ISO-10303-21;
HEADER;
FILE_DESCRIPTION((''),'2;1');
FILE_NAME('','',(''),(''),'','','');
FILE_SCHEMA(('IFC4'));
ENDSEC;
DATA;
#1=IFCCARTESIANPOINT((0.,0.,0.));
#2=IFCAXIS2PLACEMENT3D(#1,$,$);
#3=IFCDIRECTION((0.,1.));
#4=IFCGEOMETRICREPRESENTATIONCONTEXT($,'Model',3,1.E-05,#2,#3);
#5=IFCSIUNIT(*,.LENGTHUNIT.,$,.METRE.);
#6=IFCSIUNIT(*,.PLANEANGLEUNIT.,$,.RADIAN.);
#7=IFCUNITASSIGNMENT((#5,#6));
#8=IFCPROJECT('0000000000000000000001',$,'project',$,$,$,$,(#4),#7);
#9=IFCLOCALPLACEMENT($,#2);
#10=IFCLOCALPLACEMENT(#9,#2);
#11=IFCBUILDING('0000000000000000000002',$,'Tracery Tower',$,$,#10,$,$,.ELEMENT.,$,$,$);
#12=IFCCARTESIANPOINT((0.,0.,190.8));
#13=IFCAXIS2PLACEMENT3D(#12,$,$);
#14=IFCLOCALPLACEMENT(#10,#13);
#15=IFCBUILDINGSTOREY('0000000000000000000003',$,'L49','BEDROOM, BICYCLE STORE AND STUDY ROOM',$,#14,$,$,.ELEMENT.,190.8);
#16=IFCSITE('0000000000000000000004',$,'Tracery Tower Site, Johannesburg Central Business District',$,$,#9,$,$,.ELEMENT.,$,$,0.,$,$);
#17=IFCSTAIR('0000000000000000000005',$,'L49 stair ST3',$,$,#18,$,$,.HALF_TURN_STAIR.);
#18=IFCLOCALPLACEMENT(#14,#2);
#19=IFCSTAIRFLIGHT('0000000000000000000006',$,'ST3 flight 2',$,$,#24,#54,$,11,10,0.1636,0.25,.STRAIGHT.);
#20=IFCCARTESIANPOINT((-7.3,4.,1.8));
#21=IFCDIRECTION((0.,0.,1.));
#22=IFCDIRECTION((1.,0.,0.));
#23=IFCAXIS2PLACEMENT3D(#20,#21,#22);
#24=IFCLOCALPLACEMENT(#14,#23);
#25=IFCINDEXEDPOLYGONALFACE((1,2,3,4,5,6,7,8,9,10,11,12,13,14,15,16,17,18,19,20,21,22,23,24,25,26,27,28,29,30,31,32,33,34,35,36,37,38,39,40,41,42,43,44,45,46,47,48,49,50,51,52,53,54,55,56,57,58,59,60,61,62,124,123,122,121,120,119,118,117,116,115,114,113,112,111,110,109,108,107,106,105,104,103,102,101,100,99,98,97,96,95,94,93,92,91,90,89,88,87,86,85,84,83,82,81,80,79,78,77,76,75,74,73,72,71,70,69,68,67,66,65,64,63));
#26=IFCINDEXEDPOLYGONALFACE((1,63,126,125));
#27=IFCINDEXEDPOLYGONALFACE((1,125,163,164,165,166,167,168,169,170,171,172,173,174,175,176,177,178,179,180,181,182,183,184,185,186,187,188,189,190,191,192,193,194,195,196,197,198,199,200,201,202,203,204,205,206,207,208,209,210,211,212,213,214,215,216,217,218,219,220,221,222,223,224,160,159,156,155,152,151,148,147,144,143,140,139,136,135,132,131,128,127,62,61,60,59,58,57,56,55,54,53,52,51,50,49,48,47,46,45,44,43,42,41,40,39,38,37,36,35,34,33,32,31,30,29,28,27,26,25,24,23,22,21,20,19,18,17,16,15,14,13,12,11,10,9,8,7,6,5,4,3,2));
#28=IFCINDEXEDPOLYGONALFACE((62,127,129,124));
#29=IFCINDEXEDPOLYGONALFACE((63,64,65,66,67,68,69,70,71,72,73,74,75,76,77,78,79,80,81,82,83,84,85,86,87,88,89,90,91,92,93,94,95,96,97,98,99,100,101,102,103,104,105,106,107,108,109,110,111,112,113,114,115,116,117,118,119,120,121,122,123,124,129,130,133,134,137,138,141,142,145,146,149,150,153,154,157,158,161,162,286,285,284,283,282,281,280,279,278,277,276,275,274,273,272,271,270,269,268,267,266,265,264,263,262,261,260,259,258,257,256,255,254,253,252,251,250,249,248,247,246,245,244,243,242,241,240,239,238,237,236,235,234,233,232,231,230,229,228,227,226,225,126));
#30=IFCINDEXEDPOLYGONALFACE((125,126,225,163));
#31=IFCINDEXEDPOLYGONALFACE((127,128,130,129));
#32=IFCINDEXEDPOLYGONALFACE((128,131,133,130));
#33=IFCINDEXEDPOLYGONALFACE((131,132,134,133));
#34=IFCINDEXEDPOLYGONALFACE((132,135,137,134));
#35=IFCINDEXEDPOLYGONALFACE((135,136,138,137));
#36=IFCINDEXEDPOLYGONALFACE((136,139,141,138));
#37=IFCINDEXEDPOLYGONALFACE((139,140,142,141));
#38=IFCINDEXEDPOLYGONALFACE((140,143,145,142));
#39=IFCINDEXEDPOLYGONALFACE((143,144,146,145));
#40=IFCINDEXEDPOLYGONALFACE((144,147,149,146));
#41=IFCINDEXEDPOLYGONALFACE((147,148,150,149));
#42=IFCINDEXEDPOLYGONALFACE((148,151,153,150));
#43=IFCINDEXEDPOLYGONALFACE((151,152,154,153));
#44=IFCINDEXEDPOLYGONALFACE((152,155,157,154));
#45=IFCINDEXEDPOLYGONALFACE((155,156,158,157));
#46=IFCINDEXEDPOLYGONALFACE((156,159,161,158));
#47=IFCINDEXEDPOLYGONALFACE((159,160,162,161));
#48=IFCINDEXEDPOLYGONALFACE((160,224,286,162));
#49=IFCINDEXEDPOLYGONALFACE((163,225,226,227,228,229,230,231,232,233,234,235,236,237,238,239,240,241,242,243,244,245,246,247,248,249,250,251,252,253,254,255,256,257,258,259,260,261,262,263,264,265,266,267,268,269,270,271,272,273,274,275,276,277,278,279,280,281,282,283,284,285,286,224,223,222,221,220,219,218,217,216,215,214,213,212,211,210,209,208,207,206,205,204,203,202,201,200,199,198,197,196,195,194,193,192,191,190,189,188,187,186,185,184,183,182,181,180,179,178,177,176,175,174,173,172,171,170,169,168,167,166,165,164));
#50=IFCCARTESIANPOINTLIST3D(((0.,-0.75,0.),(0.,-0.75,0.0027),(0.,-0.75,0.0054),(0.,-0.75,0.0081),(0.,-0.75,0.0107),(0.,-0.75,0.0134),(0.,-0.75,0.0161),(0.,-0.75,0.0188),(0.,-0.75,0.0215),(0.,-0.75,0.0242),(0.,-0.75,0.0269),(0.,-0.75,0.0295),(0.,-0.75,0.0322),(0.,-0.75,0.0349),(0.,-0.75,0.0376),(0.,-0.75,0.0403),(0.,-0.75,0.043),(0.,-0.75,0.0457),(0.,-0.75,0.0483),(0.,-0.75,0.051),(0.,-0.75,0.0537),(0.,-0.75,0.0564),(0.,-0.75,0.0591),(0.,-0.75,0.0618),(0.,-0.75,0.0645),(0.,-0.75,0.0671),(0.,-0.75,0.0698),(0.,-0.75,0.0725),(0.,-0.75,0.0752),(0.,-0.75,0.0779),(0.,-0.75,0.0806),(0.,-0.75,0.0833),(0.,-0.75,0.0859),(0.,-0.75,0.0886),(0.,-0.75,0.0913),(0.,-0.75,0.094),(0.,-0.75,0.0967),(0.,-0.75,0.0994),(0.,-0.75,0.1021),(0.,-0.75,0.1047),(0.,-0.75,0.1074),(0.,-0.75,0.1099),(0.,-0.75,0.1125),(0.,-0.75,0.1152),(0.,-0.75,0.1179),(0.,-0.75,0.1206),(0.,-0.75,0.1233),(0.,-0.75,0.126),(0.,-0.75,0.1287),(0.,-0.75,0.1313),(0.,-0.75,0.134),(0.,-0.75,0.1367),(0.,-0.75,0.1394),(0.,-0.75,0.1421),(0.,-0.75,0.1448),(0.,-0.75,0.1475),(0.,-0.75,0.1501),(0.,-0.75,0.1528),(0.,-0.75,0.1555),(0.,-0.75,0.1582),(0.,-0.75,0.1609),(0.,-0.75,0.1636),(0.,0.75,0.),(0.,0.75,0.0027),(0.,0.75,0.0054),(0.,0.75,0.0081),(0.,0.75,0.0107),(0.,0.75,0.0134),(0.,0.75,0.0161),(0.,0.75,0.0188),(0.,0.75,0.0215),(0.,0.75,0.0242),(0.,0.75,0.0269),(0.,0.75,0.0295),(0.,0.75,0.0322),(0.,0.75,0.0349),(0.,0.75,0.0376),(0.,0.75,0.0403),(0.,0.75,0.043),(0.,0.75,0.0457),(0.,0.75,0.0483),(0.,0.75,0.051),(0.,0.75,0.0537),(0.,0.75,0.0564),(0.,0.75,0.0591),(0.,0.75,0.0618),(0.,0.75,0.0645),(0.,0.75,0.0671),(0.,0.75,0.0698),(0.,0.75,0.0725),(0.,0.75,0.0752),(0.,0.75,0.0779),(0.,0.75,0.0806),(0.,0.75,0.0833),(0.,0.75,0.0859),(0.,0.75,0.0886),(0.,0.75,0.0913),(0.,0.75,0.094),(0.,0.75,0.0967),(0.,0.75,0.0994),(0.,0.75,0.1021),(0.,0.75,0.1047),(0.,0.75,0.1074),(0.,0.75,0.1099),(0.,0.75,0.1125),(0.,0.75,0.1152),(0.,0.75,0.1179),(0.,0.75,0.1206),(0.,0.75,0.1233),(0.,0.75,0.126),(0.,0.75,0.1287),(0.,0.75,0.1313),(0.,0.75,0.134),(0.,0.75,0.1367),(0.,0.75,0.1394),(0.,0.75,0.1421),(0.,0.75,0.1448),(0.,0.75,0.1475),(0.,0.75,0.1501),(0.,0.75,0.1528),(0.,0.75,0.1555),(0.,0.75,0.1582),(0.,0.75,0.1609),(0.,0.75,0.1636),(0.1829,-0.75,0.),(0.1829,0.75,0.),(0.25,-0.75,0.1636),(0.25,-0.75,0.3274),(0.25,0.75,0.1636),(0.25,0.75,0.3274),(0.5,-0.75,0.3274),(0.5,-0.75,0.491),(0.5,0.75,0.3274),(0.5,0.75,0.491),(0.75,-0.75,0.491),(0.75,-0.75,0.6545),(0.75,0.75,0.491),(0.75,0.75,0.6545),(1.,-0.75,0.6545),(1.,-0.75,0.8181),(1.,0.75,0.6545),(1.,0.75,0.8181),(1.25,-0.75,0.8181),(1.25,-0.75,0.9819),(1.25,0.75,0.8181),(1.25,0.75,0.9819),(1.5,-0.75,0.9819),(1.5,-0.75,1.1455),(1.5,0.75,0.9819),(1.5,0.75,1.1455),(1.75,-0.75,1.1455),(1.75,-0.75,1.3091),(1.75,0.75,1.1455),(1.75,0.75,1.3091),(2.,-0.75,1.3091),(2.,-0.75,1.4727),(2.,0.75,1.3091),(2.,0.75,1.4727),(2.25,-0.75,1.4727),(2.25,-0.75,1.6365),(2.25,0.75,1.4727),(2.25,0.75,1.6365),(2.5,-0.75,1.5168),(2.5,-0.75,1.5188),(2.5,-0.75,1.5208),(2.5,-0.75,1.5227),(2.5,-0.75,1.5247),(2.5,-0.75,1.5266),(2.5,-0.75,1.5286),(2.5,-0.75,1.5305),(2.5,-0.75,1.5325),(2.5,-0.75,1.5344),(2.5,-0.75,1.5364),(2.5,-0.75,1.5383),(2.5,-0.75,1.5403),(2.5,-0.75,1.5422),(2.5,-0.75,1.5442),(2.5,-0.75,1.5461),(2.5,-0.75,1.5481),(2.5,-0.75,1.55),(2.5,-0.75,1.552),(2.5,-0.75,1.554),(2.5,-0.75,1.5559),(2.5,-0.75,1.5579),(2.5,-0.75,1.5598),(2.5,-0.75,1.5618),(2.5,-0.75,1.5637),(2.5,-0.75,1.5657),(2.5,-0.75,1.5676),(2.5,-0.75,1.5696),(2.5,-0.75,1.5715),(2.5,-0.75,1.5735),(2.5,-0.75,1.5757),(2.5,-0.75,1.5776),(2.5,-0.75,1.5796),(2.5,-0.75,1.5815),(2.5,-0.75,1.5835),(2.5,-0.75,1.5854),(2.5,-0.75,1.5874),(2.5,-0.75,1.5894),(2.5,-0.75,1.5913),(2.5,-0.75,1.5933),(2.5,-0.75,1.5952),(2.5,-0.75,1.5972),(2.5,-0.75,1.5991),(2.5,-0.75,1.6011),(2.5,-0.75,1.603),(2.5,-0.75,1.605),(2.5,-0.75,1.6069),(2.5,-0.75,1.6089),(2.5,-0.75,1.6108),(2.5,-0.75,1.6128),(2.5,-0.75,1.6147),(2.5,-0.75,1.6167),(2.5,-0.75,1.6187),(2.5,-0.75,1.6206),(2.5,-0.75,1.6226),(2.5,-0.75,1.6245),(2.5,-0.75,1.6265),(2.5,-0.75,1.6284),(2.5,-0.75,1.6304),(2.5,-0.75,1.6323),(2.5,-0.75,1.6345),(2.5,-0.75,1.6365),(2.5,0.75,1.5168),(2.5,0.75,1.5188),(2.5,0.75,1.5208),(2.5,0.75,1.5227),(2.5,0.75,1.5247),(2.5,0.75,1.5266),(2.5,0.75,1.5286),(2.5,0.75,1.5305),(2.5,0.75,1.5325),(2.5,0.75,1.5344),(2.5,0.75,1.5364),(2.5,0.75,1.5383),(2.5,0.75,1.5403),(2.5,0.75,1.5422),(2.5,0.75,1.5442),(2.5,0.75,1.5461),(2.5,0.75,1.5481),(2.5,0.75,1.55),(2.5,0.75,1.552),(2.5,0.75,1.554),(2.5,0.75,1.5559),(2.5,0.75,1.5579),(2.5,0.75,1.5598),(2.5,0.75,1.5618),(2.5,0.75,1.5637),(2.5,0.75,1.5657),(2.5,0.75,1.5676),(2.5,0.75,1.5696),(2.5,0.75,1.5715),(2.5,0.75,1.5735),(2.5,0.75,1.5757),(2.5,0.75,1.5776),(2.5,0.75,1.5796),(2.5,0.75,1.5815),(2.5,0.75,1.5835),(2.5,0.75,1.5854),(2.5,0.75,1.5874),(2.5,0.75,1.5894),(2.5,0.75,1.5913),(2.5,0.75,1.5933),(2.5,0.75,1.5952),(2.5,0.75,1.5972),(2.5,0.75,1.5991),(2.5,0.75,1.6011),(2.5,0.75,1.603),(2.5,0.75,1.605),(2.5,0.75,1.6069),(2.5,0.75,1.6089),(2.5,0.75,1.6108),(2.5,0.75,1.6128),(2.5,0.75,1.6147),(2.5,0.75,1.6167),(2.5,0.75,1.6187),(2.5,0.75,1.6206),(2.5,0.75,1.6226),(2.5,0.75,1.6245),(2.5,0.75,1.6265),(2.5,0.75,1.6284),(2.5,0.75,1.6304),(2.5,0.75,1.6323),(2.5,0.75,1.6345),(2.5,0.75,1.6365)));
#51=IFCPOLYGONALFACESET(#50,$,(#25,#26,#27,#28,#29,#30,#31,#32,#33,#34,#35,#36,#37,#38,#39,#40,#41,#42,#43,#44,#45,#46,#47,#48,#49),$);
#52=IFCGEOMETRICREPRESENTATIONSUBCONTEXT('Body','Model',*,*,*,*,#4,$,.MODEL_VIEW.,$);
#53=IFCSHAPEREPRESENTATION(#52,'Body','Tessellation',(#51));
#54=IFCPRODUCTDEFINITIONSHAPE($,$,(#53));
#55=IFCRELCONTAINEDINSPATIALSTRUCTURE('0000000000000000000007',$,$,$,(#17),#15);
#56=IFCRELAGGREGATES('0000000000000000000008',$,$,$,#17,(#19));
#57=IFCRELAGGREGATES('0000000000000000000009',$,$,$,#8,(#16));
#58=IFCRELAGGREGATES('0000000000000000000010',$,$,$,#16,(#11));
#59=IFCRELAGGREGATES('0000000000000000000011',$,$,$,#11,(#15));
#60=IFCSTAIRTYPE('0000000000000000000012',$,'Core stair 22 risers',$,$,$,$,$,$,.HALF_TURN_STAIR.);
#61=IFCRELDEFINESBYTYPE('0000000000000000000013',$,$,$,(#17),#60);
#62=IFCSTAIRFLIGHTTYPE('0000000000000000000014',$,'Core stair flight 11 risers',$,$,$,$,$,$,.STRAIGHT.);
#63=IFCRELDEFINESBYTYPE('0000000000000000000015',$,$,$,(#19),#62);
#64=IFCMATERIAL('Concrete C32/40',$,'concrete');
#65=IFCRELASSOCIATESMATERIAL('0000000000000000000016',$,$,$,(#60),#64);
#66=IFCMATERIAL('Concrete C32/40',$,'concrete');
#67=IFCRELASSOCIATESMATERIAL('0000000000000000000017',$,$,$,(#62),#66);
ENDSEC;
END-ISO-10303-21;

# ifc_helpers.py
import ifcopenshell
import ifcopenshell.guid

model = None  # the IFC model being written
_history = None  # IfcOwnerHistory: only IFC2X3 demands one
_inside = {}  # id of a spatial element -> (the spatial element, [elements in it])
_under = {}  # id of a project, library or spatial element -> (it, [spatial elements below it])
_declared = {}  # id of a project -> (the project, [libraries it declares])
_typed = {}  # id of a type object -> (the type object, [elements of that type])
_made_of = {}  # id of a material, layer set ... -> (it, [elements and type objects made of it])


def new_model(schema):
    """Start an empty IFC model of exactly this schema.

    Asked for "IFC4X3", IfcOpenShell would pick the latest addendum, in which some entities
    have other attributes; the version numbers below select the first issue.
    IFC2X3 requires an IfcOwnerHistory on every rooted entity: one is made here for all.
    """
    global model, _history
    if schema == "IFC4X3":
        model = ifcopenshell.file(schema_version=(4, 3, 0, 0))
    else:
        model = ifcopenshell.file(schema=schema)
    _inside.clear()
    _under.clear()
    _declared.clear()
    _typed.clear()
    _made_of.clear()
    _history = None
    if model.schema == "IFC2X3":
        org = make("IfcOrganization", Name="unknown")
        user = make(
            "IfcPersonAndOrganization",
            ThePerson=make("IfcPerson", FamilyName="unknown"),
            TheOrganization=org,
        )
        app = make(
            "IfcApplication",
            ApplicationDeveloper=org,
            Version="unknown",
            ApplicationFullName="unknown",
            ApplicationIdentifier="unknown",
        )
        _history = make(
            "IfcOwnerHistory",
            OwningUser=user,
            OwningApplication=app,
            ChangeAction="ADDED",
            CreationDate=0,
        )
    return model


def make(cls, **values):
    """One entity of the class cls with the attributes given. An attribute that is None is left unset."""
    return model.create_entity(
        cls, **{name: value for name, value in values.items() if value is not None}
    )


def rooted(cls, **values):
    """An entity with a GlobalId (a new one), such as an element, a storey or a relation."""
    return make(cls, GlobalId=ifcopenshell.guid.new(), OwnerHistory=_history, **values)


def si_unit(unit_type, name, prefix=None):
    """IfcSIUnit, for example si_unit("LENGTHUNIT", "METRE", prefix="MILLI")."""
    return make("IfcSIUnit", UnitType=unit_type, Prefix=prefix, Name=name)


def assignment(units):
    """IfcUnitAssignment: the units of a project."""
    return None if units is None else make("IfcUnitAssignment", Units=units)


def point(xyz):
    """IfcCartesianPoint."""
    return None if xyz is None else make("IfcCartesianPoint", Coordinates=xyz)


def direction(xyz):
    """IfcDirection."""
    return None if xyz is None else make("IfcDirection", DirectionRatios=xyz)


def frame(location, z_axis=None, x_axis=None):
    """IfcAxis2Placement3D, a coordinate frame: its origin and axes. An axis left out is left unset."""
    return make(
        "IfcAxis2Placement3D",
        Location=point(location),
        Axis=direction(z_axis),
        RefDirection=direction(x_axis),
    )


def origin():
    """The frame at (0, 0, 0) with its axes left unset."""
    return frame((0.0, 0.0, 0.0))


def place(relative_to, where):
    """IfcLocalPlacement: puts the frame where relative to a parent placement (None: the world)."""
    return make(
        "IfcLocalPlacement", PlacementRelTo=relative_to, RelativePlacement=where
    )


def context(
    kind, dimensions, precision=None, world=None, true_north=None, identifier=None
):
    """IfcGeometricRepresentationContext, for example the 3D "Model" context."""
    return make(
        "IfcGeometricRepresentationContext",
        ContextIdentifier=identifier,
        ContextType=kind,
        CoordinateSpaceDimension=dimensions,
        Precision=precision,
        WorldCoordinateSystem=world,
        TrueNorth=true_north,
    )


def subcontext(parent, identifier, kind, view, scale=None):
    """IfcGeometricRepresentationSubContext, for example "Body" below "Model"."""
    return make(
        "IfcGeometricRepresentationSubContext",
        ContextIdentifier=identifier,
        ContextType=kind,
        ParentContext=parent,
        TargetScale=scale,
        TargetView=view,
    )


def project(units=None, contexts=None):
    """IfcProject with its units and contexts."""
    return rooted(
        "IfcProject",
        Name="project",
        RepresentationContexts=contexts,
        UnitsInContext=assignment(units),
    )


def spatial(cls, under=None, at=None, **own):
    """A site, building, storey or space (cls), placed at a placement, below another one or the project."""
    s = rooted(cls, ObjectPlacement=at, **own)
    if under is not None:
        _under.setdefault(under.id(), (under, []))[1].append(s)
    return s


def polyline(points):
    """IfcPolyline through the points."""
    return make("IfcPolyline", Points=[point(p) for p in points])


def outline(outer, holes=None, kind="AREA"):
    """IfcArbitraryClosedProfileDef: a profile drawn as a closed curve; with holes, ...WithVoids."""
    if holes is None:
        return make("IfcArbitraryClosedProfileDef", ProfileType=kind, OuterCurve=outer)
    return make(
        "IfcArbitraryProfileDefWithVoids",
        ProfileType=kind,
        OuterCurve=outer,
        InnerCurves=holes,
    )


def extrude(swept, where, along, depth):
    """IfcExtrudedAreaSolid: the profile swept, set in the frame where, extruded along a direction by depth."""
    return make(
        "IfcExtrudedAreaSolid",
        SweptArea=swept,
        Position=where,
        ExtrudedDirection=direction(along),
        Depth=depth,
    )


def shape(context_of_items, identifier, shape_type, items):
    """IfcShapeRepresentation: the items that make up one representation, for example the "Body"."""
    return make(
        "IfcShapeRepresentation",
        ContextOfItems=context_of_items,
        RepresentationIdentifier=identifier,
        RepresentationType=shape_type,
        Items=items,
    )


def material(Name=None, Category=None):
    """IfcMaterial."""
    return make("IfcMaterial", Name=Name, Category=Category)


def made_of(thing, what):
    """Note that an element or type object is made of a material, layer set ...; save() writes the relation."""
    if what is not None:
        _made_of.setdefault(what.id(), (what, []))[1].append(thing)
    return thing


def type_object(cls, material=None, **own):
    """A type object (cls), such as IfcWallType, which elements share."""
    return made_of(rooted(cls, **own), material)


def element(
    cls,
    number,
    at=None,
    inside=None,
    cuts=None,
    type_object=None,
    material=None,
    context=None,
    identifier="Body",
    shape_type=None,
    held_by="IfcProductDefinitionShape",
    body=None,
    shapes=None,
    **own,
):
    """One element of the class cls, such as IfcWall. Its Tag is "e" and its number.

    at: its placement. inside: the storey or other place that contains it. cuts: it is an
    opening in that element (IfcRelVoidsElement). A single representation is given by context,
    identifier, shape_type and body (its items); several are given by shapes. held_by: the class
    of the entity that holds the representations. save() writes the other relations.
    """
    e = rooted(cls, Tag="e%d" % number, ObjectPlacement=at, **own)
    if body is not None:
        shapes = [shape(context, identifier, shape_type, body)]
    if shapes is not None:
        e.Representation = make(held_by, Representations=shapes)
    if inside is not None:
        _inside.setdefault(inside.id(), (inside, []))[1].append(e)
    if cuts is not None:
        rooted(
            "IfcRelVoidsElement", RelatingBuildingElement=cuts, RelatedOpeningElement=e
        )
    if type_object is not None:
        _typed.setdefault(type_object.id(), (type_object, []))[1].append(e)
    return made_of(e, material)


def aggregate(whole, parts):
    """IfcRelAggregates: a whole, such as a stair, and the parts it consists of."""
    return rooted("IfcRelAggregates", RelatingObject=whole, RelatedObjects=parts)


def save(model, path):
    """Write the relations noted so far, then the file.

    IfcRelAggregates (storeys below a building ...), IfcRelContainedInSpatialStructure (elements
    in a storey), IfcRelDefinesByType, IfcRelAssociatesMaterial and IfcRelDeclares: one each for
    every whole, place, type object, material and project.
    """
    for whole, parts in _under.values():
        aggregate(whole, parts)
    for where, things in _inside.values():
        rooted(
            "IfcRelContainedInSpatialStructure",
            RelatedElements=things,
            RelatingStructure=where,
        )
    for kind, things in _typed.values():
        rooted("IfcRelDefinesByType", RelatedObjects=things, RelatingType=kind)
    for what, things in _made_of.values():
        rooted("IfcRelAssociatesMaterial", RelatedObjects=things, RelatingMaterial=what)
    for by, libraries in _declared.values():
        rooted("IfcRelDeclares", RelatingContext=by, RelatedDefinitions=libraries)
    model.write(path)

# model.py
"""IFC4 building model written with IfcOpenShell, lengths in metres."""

from ifc_helpers import new_model, si_unit, direction, frame, origin, place, context, subcontext, project, spatial, polyline, outline, extrude, material, type_object, element, aggregate, save


model = new_model("IFC4")

# Units and contexts
model_context = context("Model", 3, precision=1e-05, world=origin(), true_north=direction((0.0, 1.0)))
body_context = subcontext(model_context, "Body", "Model", "MODEL_VIEW")
ifc_project = project(units=[si_unit("LENGTHUNIT", "METRE"), si_unit("PLANEANGLEUNIT", "RADIAN")], contexts=[model_context])

# Site, building, storey
site_placement = place(None, origin())
site = spatial("IfcSite", under=ifc_project, at=site_placement, Name="Tracery Tower Site, Johannesburg Central Business District", CompositionType="ELEMENT", RefElevation=0.0)
building_placement = place(site_placement, origin())
building = spatial("IfcBuilding", under=site, at=building_placement, Name="Tracery Tower", CompositionType="ELEMENT")
storey_placement = place(building_placement, frame((0.0, 0.0, 190.8)))
storey = spatial("IfcBuildingStorey", under=building, at=storey_placement, Name="L49", Description="BEDROOM, BICYCLE STORE AND STUDY ROOM", CompositionType="ELEMENT", Elevation=190.8)

# Stair, stair flight
ifc_material_1 = material(Name="Concrete C32/40", Category="concrete")
stair_type = type_object("IfcStairType", Name="Core stair 22 risers", PredefinedType="HALF_TURN_STAIR", material=ifc_material_1)
stair_placement = place(storey_placement, origin())
stair = element("IfcStair", 1, at=stair_placement, inside=storey, type_object=stair_type, Name="L49 stair ST3", PredefinedType="HALF_TURN_STAIR")
ifc_material_2 = material(Name="Concrete C32/40", Category="concrete")
stair_flight_type = type_object("IfcStairFlightType", Name="Core stair flight 11 risers", PredefinedType="STRAIGHT", material=ifc_material_2)
stair_flight_1_placement = place(storey_placement, frame((-7.3, 4.0, 1.8), z_axis=(0.0, 0.0, 1.0), x_axis=(1.0, 0.0, 0.0)))
stair_flight_1 = element("IfcStairFlight", 2, at=stair_flight_1_placement, type_object=stair_flight_type, Name="ST3 flight 2", NumberOfRisers=11, NumberOfTreads=10, PredefinedType="STRAIGHT", RiserHeight=0.1636, TreadLength=0.25, context=body_context, shape_type="SweptSolid", body=[
    extrude(outline(polyline([(0.0, 0.0), (0.0, 0.0027), (0.0, 0.0054), (0.0, 0.0081), (0.0, 0.0107), (0.0, 0.0134), (0.0, 0.0161), (0.0, 0.0188), (0.0, 0.0215), (0.0, 0.0242), (0.0, 0.0269), (0.0, 0.0295), (0.0, 0.0322), (0.0, 0.0349), (0.0, 0.0376), (0.0, 0.0403), (0.0, 0.043), (0.0, 0.0457), (0.0, 0.0483), (0.0, 0.051), (0.0, 0.0537), (0.0, 0.0564), (0.0, 0.0591), (0.0, 0.0618), (0.0, 0.0645), (0.0, 0.0671), (0.0, 0.0698), (0.0, 0.0725), (0.0, 0.0752), (0.0, 0.0779), (0.0, 0.0806), (0.0, 0.0833), (0.0, 0.0859), (0.0, 0.0886), (0.0, 0.0913), (0.0, 0.094), (0.0, 0.0967), (0.0, 0.0994), (0.0, 0.1021), (0.0, 0.1047), (0.0, 0.1074), (0.0, 0.1099), (0.0, 0.1125), (0.0, 0.1152), (0.0, 0.1179), (0.0, 0.1206), (0.0, 0.1233), (0.0, 0.126), (0.0, 0.1287), (0.0, 0.1313), (0.0, 0.134), (0.0, 0.1367), (0.0, 0.1394), (0.0, 0.1421), (0.0, 0.1448), (0.0, 0.1475), (0.0, 0.1501), (0.0, 0.1528), (0.0, 0.1555), (0.0, 0.1582), (0.0, 0.1609), (0.0, 0.1636), (0.25, 0.1636), (0.25, 0.3274), (0.5, 0.3274), (0.5, 0.491), (0.75, 0.491), (0.75, 0.6545), (1.0, 0.6545), (1.0, 0.8181), (1.25, 0.8181), (1.25, 0.9819), (1.5, 0.9819), (1.5, 1.1455), (1.75, 1.1455), (1.75, 1.3091), (2.0, 1.3091), (2.0, 1.4727), (2.25, 1.4727), (2.25, 1.6365), (2.5, 1.6365), (2.5, 1.6345), (2.5, 1.6323), (2.5, 1.6304), (2.5, 1.6284), (2.5, 1.6265), (2.5, 1.6245), (2.5, 1.6226), (2.5, 1.6206), (2.5, 1.6187), (2.5, 1.6167), (2.5, 1.6147), (2.5, 1.6128), (2.5, 1.6108), (2.5, 1.6089), (2.5, 1.6069), (2.5, 1.605), (2.5, 1.603), (2.5, 1.6011), (2.5, 1.5991), (2.5, 1.5972), (2.5, 1.5952), (2.5, 1.5933), (2.5, 1.5913), (2.5, 1.5894), (2.5, 1.5874), (2.5, 1.5854), (2.5, 1.5835), (2.5, 1.5815), (2.5, 1.5796), (2.5, 1.5776), (2.5, 1.5757), (2.5, 1.5735), (2.5, 1.5715), (2.5, 1.5696), (2.5, 1.5676), (2.5, 1.5657), (2.5, 1.5637), (2.5, 1.5618), (2.5, 1.5598), (2.5, 1.5579), (2.5, 1.5559), (2.5, 1.554), (2.5, 1.552), (2.5, 1.55), (2.5, 1.5481), (2.5, 1.5461), (2.5, 1.5442), (2.5, 1.5422), (2.5, 1.5403), (2.5, 1.5383), (2.5, 1.5364), (2.5, 1.5344), (2.5, 1.5325), (2.5, 1.5305), (2.5, 1.5286), (2.5, 1.5266), (2.5, 1.5247), (2.5, 1.5227), (2.5, 1.5208), (2.5, 1.5188), (2.5, 1.5168), (0.1829, 0.0), (0.0, 0.0)])), frame((0.0, 0.75, 0.0), z_axis=(0.0, -1.0, 0.0), x_axis=(1.0, 0.0, 0.0)), (0.0, 0.0, 1.0), 1.5),
])
aggregate(stair, [stair_flight_1])

save(model, "model.ifc")
